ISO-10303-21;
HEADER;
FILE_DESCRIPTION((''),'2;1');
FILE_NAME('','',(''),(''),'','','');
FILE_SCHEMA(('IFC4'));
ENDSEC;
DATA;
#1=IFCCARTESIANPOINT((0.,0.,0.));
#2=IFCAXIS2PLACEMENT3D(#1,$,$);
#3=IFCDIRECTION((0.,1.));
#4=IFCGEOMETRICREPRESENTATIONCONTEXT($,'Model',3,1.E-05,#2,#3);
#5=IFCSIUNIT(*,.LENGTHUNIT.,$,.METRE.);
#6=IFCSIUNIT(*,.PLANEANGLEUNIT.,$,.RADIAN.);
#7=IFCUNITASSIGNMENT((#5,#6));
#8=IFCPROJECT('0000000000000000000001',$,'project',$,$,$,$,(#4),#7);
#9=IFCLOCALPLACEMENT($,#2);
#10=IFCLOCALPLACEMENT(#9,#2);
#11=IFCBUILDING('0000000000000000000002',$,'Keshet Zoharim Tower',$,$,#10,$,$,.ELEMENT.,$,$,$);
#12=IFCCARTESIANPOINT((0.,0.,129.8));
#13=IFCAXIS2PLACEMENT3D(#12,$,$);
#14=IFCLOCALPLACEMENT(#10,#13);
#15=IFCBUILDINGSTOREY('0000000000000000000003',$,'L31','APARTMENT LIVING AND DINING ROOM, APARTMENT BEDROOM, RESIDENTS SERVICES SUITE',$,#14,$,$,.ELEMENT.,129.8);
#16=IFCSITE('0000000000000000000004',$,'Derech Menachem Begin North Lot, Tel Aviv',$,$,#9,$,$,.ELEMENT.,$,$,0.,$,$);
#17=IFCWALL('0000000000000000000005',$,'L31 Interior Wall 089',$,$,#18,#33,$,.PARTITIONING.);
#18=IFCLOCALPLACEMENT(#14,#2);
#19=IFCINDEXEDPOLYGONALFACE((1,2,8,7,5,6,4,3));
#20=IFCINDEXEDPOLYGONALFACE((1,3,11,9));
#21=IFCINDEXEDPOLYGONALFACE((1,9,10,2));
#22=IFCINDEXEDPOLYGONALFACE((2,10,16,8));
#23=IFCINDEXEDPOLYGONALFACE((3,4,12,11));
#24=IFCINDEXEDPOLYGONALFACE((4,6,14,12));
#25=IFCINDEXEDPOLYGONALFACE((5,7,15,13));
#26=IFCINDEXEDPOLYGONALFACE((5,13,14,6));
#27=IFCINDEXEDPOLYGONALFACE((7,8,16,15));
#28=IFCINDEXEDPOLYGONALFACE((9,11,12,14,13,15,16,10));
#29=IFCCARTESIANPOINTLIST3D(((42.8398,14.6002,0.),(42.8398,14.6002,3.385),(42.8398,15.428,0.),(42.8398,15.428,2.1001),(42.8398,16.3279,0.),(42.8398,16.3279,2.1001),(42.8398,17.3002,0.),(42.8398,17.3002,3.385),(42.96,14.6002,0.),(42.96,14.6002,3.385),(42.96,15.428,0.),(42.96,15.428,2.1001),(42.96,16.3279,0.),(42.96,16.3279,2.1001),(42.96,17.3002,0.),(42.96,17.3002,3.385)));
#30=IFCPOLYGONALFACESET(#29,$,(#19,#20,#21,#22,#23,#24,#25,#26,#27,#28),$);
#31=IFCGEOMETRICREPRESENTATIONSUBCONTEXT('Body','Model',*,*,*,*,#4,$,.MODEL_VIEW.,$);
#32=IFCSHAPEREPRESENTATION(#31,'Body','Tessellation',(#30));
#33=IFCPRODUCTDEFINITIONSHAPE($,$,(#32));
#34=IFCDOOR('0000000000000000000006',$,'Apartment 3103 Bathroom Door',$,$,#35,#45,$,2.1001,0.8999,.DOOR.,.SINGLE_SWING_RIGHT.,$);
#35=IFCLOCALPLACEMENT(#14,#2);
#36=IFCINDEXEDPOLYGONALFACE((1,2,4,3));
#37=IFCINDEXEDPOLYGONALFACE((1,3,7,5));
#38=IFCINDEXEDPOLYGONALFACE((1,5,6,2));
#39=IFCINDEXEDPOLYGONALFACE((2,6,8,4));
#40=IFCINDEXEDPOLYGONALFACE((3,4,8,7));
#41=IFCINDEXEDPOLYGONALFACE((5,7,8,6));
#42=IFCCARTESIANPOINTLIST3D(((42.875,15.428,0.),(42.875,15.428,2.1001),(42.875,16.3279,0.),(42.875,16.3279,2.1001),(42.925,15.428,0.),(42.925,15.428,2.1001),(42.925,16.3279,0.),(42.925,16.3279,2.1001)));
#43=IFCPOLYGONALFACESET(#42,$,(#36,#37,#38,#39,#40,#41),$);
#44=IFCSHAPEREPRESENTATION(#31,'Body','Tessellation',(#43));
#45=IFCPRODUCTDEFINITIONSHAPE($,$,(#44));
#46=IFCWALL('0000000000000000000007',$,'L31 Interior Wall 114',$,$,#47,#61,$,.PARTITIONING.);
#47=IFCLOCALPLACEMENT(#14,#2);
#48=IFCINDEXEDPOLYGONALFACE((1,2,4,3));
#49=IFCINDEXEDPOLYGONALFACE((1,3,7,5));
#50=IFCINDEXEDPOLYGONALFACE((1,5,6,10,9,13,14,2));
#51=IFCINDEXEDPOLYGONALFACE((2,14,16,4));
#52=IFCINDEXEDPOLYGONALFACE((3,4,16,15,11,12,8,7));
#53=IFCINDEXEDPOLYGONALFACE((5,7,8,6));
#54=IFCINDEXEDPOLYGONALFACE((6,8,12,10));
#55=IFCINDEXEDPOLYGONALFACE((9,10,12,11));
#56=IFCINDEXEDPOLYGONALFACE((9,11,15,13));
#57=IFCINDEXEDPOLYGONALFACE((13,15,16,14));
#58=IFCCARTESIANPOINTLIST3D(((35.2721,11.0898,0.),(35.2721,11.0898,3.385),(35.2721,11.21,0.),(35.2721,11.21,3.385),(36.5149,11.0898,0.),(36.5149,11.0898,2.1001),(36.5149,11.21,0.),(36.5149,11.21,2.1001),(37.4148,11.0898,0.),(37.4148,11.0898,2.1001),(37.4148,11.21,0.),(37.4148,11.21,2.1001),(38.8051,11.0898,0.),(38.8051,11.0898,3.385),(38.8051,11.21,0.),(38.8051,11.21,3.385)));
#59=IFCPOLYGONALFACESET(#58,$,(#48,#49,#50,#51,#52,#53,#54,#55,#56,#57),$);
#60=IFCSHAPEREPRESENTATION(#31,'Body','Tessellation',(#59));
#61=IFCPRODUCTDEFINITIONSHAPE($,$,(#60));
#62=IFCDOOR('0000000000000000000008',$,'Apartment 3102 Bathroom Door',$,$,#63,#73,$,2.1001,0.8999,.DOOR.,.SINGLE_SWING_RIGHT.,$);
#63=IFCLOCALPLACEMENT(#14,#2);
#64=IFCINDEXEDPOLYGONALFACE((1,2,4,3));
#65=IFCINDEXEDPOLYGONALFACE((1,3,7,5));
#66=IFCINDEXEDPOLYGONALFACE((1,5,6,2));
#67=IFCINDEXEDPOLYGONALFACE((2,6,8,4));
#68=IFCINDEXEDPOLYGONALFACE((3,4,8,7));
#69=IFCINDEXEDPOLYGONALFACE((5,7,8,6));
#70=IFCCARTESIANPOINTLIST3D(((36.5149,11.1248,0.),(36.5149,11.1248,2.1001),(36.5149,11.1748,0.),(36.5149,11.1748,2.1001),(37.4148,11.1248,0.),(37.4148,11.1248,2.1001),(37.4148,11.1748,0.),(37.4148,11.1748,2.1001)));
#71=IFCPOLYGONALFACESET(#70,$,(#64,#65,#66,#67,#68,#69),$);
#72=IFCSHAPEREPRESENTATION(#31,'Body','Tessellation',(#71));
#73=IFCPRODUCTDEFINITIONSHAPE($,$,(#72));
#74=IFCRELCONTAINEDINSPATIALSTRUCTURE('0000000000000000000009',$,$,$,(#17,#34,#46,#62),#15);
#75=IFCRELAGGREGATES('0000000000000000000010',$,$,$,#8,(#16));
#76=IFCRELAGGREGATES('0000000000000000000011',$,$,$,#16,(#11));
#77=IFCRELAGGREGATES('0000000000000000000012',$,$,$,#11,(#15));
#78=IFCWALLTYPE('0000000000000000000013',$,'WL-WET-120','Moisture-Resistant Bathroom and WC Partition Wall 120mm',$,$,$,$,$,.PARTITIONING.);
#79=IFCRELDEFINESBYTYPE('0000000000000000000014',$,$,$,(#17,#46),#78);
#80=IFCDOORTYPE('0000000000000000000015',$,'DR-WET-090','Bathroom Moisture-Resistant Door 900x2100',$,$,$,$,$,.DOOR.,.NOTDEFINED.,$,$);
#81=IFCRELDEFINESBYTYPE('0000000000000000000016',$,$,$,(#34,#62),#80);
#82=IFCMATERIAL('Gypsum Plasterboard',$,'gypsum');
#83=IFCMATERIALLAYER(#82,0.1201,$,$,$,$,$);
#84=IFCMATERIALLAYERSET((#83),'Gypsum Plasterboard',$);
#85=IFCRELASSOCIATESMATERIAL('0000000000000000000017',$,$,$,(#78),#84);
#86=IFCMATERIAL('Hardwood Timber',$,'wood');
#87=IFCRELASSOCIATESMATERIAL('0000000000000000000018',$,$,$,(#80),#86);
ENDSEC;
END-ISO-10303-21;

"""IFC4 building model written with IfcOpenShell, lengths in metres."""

from ifc_helpers import new_model, si_unit, direction, frame, frame_2d, origin, place, context, subcontext, project, spatial, rectangle, extrude, material, layer, layer_set, type_object, element, fill, save


model = new_model("IFC4")

# Units and contexts
model_context = context("Model", 3, precision=1e-05, world=origin(), true_north=direction((0.0, 1.0)))
body_context = subcontext(model_context, "Body", "Model", "MODEL_VIEW")
ifc_project = project(units=[si_unit("LENGTHUNIT", "METRE"), si_unit("PLANEANGLEUNIT", "RADIAN")], contexts=[model_context])

# Site, building, storey
site_placement = place(None, origin())
site = spatial("IfcSite", under=ifc_project, at=site_placement, Name="Derech Menachem Begin North Lot, Tel Aviv", CompositionType="ELEMENT", RefElevation=0.0)
building_placement = place(site_placement, origin())
building = spatial("IfcBuilding", under=site, at=building_placement, Name="Keshet Zoharim Tower", CompositionType="ELEMENT")
storey_placement = place(building_placement, frame((0.0, 0.0, 129.8)))
storey = spatial("IfcBuildingStorey", under=building, at=storey_placement, Name="L31", Description="APARTMENT LIVING AND DINING ROOM, APARTMENT BEDROOM, RESIDENTS SERVICES SUITE", CompositionType="ELEMENT", Elevation=129.8)

# Shared definitions
ifc_material_1 = material(Name="Gypsum Plasterboard", Category="gypsum")
ifc_material_2 = material(Name="Hardwood Timber", Category="wood")

# Shared definitions
ifc_layer_1 = layer(ifc_material_1, 0.1201)
ifc_layer_set_1 = layer_set([ifc_layer_1], Name="Gypsum Plasterboard")
wall_type_1 = type_object("IfcWallType", Name="WL-WET-120", Description="Moisture-Resistant Bathroom and WC Partition Wall 120mm", PredefinedType="PARTITIONING", material=ifc_layer_set_1)

# Walls, openings, doors
wall_1_placement = place(storey_placement, frame((42.8999, 14.6001, 0.0), z_axis=(0.0, 0.0, 1.0), x_axis=(0.0, 1.0, 0.0)))
wall_1 = element("IfcWall", 1, at=wall_1_placement, inside=storey, type_object=wall_type_1, Name="L31 Interior Wall 089", PredefinedType="PARTITIONING", context=body_context, shape_type="SweptSolid", body=[
    extrude(rectangle(XDim=2.7, YDim=0.1201, at=frame_2d((1.3501, 0.0))), origin(), (0.0, 0.0, 1.0), 3.385),
])
opening_1_placement = place(wall_1_placement, frame((0.8279, 0.0, 0.0)))
opening_1 = element("IfcOpeningElement", 2, at=opening_1_placement, cuts=wall_1, PredefinedType="OPENING", context=body_context, shape_type="SweptSolid", body=[
    extrude(rectangle(XDim=0.8999, YDim=2.1001, at=frame_2d((0.45, 1.05))), frame((0.0, 0.0701, 0.0), z_axis=(0.0, -1.0, 0.0), x_axis=(1.0, 0.0, 0.0)), (0.0, 0.0, 1.0), 0.1401),
])
door_type_1 = type_object("IfcDoorType", Name="DR-WET-090", Description="Bathroom Moisture-Resistant Door 900x2100", OperationType="NOTDEFINED", PredefinedType="DOOR", material=ifc_material_2)
door_1_placement = place(opening_1_placement, origin())
door_1 = element("IfcDoor", 3, at=door_1_placement, inside=storey, type_object=door_type_1, Name="Apartment 3103 Bathroom Door", OperationType="SINGLE_SWING_RIGHT", OverallHeight=2.1001, OverallWidth=0.8999, PredefinedType="DOOR", context=body_context, shape_type="SweptSolid", body=[
    extrude(rectangle(XDim=0.8999, YDim=2.1001, at=frame_2d((0.45, 1.05))), frame((0.0, 0.0249, 0.0), z_axis=(0.0, -1.0, 0.0), x_axis=(1.0, 0.0, 0.0)), (0.0, 0.0, 1.0), 0.05),
])
fill(opening_1, door_1)
wall_2_placement = place(storey_placement, frame((35.272, 11.1499, 0.0), z_axis=(0.0, 0.0, 1.0), x_axis=(1.0, 0.0, 0.0)))
wall_2 = element("IfcWall", 4, at=wall_2_placement, inside=storey, type_object=wall_type_1, Name="L31 Interior Wall 114", PredefinedType="PARTITIONING", context=body_context, shape_type="SweptSolid", body=[
    extrude(rectangle(XDim=3.533, YDim=0.1201, at=frame_2d((1.7666, 0.0))), origin(), (0.0, 0.0, 1.0), 3.385),
])
opening_2_placement = place(wall_2_placement, frame((1.2429, 0.0, 0.0)))
opening_2 = element("IfcOpeningElement", 5, at=opening_2_placement, cuts=wall_2, PredefinedType="OPENING", context=body_context, shape_type="SweptSolid", body=[
    extrude(rectangle(XDim=0.8999, YDim=2.1001, at=frame_2d((0.45, 1.05))), frame((0.0, 0.0701, 0.0), z_axis=(0.0, -1.0, 0.0), x_axis=(1.0, 0.0, 0.0)), (0.0, 0.0, 1.0), 0.1401),
])
door_2_placement = place(opening_2_placement, origin())
door_2 = element("IfcDoor", 6, at=door_2_placement, inside=storey, type_object=door_type_1, Name="Apartment 3102 Bathroom Door", OperationType="SINGLE_SWING_RIGHT", OverallHeight=2.1001, OverallWidth=0.8999, PredefinedType="DOOR", context=body_context, shape_type="SweptSolid", body=[
    extrude(rectangle(XDim=0.8999, YDim=2.1001, at=frame_2d((0.45, 1.05))), frame((0.0, 0.0249, 0.0), z_axis=(0.0, -1.0, 0.0), x_axis=(1.0, 0.0, 0.0)), (0.0, 0.0, 1.0), 0.05),
])
fill(opening_2, door_2)

save(model, "model.ifc")
